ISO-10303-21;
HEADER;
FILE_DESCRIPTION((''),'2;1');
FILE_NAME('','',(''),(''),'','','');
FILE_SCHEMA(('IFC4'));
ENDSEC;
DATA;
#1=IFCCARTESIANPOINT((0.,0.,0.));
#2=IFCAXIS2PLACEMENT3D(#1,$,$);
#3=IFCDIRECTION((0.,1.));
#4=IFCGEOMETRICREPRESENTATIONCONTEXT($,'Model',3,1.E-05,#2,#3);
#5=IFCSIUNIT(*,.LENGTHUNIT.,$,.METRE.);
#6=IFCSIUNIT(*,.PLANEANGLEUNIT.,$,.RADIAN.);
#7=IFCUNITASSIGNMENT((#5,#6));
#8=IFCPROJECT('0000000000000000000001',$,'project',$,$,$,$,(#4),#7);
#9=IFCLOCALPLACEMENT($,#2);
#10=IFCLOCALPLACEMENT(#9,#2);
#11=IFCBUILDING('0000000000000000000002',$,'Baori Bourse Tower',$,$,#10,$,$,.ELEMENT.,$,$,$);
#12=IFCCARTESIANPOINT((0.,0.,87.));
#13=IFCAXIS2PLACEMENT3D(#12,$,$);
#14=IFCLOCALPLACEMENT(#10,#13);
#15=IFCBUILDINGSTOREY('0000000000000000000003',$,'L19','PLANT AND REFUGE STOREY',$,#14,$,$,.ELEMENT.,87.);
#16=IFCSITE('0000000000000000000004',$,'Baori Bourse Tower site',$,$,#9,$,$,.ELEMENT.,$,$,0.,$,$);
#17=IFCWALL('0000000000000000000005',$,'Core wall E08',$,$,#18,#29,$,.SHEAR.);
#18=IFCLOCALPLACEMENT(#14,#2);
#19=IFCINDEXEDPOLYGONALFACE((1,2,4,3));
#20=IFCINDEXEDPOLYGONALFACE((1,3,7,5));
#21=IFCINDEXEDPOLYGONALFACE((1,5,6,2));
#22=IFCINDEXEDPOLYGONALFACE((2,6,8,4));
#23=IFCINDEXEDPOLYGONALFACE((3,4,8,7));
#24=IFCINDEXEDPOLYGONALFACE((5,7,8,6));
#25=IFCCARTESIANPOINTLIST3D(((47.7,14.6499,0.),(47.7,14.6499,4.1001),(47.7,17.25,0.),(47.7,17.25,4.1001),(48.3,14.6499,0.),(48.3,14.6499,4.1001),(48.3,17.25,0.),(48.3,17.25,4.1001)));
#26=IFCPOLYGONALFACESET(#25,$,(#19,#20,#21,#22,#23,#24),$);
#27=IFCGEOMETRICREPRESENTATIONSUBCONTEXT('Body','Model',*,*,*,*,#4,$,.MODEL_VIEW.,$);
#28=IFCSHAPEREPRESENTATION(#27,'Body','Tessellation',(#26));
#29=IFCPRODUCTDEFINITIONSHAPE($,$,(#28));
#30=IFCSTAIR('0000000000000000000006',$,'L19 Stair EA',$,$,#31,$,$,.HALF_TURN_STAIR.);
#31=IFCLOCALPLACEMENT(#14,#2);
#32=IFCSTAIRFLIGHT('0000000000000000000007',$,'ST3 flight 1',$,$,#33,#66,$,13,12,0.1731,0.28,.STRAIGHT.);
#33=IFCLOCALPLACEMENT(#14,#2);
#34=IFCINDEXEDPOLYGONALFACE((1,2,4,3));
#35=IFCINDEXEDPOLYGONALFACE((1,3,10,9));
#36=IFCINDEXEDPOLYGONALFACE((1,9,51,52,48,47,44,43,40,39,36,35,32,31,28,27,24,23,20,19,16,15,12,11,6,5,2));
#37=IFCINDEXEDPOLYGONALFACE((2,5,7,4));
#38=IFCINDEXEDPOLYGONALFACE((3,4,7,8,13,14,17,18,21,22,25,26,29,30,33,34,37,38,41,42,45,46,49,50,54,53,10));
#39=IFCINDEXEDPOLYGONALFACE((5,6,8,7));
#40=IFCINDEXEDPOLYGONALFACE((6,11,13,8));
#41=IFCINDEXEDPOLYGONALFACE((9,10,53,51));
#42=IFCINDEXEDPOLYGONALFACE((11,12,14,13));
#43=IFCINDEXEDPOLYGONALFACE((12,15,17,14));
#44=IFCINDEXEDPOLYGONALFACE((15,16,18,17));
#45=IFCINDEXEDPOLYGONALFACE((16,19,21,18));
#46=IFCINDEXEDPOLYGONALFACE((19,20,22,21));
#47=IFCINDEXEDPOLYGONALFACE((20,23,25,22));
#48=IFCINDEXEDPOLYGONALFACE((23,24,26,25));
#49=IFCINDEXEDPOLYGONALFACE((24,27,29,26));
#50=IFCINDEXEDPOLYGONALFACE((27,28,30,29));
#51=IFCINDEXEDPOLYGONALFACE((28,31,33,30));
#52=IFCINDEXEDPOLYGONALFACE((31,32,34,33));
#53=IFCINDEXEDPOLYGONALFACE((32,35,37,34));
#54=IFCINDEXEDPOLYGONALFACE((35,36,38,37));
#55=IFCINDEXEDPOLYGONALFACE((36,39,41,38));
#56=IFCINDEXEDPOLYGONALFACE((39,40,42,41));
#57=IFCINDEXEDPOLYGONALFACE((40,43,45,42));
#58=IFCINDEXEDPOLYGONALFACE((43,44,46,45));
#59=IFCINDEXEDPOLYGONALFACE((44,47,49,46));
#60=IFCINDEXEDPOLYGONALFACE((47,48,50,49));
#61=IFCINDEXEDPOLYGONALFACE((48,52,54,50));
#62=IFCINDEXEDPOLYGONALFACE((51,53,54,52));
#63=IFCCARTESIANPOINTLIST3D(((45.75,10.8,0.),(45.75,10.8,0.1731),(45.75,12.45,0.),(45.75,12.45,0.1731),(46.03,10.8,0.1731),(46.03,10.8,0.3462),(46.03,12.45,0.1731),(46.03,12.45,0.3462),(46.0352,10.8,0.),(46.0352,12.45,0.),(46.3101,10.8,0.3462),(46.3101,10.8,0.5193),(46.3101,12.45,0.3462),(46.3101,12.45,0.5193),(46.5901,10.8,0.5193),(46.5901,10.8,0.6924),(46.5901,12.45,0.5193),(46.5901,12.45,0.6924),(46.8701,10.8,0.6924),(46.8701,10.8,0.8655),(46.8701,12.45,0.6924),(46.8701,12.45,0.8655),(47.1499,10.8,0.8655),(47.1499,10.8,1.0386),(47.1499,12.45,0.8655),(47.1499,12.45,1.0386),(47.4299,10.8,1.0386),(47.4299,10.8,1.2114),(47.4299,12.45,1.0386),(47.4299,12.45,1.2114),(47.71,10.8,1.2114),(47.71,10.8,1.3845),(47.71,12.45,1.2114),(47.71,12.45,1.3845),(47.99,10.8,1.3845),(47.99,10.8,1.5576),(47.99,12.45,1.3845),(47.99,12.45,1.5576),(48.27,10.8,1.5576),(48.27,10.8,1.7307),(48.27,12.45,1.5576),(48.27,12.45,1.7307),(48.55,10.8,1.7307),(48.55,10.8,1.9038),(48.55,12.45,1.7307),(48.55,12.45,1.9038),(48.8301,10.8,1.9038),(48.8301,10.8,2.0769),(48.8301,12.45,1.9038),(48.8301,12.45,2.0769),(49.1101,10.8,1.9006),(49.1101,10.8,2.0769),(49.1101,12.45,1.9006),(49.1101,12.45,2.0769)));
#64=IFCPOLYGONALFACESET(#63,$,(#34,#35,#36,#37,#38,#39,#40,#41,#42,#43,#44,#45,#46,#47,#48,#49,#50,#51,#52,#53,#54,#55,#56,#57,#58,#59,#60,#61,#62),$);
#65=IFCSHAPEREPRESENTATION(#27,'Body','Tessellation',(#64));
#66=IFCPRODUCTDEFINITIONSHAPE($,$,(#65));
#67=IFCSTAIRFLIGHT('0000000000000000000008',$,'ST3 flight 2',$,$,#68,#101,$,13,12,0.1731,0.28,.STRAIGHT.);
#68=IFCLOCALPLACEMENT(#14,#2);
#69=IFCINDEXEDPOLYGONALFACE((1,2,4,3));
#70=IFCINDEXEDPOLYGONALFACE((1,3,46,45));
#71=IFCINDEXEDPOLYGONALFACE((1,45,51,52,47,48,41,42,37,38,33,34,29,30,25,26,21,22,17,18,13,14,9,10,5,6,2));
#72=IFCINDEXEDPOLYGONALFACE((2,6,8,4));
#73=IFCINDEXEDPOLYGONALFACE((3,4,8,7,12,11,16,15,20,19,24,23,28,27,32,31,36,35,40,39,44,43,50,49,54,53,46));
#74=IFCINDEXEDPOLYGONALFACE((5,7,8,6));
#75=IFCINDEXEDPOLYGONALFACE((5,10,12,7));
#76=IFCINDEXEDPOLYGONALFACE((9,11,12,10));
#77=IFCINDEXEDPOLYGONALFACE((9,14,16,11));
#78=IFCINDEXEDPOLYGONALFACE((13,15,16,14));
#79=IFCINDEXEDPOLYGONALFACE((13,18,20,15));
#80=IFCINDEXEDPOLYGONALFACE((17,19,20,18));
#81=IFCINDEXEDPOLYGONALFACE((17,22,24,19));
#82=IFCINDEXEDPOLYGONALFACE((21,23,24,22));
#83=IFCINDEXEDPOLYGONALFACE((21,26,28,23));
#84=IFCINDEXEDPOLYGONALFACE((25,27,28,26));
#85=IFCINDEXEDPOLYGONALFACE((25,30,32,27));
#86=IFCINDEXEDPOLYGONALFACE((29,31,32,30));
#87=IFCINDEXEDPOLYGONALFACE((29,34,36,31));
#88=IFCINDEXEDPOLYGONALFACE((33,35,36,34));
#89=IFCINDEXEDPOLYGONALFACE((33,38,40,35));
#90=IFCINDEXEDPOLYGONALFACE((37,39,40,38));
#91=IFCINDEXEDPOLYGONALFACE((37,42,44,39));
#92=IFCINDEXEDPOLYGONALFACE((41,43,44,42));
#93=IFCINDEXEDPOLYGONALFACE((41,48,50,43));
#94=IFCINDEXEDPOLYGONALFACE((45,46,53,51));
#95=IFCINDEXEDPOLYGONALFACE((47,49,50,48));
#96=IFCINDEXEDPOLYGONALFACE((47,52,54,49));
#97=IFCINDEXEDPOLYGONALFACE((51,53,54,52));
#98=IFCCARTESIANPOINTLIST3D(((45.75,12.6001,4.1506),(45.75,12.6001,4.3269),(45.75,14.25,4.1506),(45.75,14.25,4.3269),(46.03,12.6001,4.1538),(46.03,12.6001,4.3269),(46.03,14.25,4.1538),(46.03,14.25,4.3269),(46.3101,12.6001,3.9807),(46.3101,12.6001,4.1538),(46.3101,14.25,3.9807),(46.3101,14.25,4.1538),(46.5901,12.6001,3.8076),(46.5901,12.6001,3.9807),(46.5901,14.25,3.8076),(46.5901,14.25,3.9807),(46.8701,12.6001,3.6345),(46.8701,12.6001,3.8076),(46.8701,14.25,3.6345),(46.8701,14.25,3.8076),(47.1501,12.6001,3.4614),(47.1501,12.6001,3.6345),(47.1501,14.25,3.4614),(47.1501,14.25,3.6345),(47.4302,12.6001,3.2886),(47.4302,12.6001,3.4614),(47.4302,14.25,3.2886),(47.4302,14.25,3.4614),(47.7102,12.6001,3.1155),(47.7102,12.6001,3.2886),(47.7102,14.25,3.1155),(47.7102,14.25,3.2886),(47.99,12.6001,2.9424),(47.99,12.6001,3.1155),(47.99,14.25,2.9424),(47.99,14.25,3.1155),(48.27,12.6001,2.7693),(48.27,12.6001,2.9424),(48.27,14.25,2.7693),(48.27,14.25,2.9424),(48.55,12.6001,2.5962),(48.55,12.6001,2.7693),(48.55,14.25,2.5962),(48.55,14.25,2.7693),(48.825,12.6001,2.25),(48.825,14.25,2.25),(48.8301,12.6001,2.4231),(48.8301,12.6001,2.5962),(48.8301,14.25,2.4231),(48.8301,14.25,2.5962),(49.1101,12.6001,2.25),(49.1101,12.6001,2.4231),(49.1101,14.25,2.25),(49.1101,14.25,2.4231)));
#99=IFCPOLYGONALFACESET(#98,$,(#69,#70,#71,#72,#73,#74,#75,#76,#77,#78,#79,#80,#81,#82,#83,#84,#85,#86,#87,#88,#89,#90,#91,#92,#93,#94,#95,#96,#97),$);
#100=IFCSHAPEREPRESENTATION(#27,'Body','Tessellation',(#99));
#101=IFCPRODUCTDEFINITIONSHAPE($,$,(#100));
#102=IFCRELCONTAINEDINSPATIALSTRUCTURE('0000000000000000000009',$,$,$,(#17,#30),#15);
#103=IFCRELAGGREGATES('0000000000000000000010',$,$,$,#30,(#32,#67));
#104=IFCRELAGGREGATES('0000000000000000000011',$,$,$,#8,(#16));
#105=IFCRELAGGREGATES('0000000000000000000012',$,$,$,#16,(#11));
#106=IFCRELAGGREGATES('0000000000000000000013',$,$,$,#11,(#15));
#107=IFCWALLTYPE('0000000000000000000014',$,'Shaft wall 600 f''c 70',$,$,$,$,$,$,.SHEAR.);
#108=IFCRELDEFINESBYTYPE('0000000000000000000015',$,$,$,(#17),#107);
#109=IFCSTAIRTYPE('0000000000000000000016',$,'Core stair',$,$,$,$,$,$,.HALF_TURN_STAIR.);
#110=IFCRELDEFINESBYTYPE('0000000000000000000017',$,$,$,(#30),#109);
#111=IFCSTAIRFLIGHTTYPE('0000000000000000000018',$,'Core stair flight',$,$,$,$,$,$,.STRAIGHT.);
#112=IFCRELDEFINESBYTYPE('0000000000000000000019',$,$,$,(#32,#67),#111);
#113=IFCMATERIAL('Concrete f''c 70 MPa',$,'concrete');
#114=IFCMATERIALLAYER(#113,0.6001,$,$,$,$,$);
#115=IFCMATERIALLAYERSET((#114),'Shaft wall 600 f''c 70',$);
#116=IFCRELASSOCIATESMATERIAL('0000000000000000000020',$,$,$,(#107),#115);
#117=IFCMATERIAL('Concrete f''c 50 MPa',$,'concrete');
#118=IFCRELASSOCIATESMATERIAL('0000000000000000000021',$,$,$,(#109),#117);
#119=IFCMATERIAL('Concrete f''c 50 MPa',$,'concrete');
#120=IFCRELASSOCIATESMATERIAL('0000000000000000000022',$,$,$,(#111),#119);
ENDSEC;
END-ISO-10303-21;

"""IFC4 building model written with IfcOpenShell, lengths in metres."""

from ifc_helpers import new_model, si_unit, direction, frame, frame_2d, origin, place, context, subcontext, project, spatial, polyline, rectangle, outline, extrude, material, layer, layer_set, type_object, element, aggregate, save


model = new_model("IFC4")

# Units and contexts
model_context = context("Model", 3, precision=1e-05, world=origin(), true_north=direction((0.0, 1.0)))
body_context = subcontext(model_context, "Body", "Model", "MODEL_VIEW")
ifc_project = project(units=[si_unit("LENGTHUNIT", "METRE"), si_unit("PLANEANGLEUNIT", "RADIAN")], contexts=[model_context])

# Site, building, storey
site_placement = place(None, origin())
site = spatial("IfcSite", under=ifc_project, at=site_placement, Name="Baori Bourse Tower site", CompositionType="ELEMENT", RefElevation=0.0)
building_placement = place(site_placement, origin())
building = spatial("IfcBuilding", under=site, at=building_placement, Name="Baori Bourse Tower", CompositionType="ELEMENT")
storey_placement = place(building_placement, frame((0.0, 0.0, 87.0)))
storey = spatial("IfcBuildingStorey", under=building, at=storey_placement, Name="L19", Description="PLANT AND REFUGE STOREY", CompositionType="ELEMENT", Elevation=87.0)

# Wall
ifc_material_1 = material(Name="Concrete f'c 70 MPa", Category="concrete")
ifc_layer_1 = layer(ifc_material_1, 0.6001)
ifc_layer_set_1 = layer_set([ifc_layer_1], Name="Shaft wall 600 f'c 70")
wall_type_1 = type_object("IfcWallType", Name="Shaft wall 600 f'c 70", PredefinedType="SHEAR", material=ifc_layer_set_1)
wall_1_placement = place(storey_placement, frame((48.0, 14.6499, 0.0), z_axis=(0.0, 0.0, 1.0), x_axis=(0.0, 1.0, 0.0)))
element("IfcWall", 1, at=wall_1_placement, inside=storey, type_object=wall_type_1, Name="Core wall E08", PredefinedType="SHEAR", context=body_context, shape_type="SweptSolid", body=[
    extrude(rectangle(XDim=2.6001, YDim=0.6001, at=frame_2d((1.3, 0.0))), origin(), (0.0, 0.0, 1.0), 4.1001),
])

# Stair, stair flights
ifc_material_2 = material(Name="Concrete f'c 50 MPa", Category="concrete")
stair_type = type_object("IfcStairType", Name="Core stair", PredefinedType="HALF_TURN_STAIR", material=ifc_material_2)
stair_placement = place(storey_placement, origin())
stair = element("IfcStair", 2, at=stair_placement, inside=storey, type_object=stair_type, Name="L19 Stair EA", PredefinedType="HALF_TURN_STAIR")
ifc_material_3 = material(Name="Concrete f'c 50 MPa", Category="concrete")
stair_flight_type = type_object("IfcStairFlightType", Name="Core stair flight", PredefinedType="STRAIGHT", material=ifc_material_3)
stair_flight_1_placement = place(storey_placement, frame((45.75, 11.625, 0.0), z_axis=(0.0, 0.0, 1.0), x_axis=(1.0, 0.0, 0.0)))
stair_flight_1 = element("IfcStairFlight", 3, at=stair_flight_1_placement, type_object=stair_flight_type, Name="ST3 flight 1", NumberOfRisers=13, NumberOfTreads=12, PredefinedType="STRAIGHT", RiserHeight=0.1731, TreadLength=0.28, context=body_context, shape_type="SweptSolid", body=[
    extrude(outline(polyline([(0.0, 0.0), (0.0, 0.1731), (0.28, 0.1731), (0.28, 0.3462), (0.5601, 0.3462), (0.5601, 0.5193), (0.8401, 0.5193), (0.8401, 0.6924), (1.1201, 0.6924), (1.1201, 0.8655), (1.3999, 0.8655), (1.3999, 1.0386), (1.6799, 1.0386), (1.6799, 1.2114), (1.96, 1.2114), (1.96, 1.3845), (2.24, 1.3845), (2.24, 1.5576), (2.52, 1.5576), (2.52, 1.7307), (2.8, 1.7307), (2.8, 1.9038), (3.0801, 1.9038), (3.0801, 2.0769), (3.3601, 2.0769), (3.3601, 2.25), (3.3601, 1.9006), (0.2852, 0.0), (0.0, 0.0)])), frame((0.0, 0.825, 0.0), z_axis=(0.0, -1.0, 0.0), x_axis=(1.0, 0.0, 0.0)), (0.0, 0.0, 1.0), 1.6499),
])
stair_flight_2_placement = place(storey_placement, frame((49.1101, 13.425, 2.25), z_axis=(0.0, 0.0, 1.0), x_axis=(-1.0, 0.0, 0.0)))
stair_flight_2 = element("IfcStairFlight", 4, at=stair_flight_2_placement, type_object=stair_flight_type, Name="ST3 flight 2", NumberOfRisers=13, NumberOfTreads=12, PredefinedType="STRAIGHT", RiserHeight=0.1731, TreadLength=0.28, context=body_context, shape_type="SweptSolid", body=[
    extrude(outline(polyline([(0.0, 0.0), (0.0, 0.1731), (0.28, 0.1731), (0.28, 0.3462), (0.5601, 0.3462), (0.5601, 0.5193), (0.8401, 0.5193), (0.8401, 0.6924), (1.1201, 0.6924), (1.1201, 0.8655), (1.3999, 0.8655), (1.3999, 1.0386), (1.6799, 1.0386), (1.6799, 1.2114), (1.96, 1.2114), (1.96, 1.3845), (2.24, 1.3845), (2.24, 1.5576), (2.52, 1.5576), (2.52, 1.7307), (2.8, 1.7307), (2.8, 1.9038), (3.0801, 1.9038), (3.0801, 2.0769), (3.3601, 2.0769), (3.3601, 2.25), (3.3601, 1.9006), (0.2852, 0.0), (0.0, 0.0)])), frame((0.0, 0.825, 0.0), z_axis=(0.0, -1.0, 0.0), x_axis=(1.0, 0.0, 0.0)), (0.0, 0.0, 1.0), 1.6499),
])
aggregate(stair, [stair_flight_1, stair_flight_2])

save(model, "model.ifc")
